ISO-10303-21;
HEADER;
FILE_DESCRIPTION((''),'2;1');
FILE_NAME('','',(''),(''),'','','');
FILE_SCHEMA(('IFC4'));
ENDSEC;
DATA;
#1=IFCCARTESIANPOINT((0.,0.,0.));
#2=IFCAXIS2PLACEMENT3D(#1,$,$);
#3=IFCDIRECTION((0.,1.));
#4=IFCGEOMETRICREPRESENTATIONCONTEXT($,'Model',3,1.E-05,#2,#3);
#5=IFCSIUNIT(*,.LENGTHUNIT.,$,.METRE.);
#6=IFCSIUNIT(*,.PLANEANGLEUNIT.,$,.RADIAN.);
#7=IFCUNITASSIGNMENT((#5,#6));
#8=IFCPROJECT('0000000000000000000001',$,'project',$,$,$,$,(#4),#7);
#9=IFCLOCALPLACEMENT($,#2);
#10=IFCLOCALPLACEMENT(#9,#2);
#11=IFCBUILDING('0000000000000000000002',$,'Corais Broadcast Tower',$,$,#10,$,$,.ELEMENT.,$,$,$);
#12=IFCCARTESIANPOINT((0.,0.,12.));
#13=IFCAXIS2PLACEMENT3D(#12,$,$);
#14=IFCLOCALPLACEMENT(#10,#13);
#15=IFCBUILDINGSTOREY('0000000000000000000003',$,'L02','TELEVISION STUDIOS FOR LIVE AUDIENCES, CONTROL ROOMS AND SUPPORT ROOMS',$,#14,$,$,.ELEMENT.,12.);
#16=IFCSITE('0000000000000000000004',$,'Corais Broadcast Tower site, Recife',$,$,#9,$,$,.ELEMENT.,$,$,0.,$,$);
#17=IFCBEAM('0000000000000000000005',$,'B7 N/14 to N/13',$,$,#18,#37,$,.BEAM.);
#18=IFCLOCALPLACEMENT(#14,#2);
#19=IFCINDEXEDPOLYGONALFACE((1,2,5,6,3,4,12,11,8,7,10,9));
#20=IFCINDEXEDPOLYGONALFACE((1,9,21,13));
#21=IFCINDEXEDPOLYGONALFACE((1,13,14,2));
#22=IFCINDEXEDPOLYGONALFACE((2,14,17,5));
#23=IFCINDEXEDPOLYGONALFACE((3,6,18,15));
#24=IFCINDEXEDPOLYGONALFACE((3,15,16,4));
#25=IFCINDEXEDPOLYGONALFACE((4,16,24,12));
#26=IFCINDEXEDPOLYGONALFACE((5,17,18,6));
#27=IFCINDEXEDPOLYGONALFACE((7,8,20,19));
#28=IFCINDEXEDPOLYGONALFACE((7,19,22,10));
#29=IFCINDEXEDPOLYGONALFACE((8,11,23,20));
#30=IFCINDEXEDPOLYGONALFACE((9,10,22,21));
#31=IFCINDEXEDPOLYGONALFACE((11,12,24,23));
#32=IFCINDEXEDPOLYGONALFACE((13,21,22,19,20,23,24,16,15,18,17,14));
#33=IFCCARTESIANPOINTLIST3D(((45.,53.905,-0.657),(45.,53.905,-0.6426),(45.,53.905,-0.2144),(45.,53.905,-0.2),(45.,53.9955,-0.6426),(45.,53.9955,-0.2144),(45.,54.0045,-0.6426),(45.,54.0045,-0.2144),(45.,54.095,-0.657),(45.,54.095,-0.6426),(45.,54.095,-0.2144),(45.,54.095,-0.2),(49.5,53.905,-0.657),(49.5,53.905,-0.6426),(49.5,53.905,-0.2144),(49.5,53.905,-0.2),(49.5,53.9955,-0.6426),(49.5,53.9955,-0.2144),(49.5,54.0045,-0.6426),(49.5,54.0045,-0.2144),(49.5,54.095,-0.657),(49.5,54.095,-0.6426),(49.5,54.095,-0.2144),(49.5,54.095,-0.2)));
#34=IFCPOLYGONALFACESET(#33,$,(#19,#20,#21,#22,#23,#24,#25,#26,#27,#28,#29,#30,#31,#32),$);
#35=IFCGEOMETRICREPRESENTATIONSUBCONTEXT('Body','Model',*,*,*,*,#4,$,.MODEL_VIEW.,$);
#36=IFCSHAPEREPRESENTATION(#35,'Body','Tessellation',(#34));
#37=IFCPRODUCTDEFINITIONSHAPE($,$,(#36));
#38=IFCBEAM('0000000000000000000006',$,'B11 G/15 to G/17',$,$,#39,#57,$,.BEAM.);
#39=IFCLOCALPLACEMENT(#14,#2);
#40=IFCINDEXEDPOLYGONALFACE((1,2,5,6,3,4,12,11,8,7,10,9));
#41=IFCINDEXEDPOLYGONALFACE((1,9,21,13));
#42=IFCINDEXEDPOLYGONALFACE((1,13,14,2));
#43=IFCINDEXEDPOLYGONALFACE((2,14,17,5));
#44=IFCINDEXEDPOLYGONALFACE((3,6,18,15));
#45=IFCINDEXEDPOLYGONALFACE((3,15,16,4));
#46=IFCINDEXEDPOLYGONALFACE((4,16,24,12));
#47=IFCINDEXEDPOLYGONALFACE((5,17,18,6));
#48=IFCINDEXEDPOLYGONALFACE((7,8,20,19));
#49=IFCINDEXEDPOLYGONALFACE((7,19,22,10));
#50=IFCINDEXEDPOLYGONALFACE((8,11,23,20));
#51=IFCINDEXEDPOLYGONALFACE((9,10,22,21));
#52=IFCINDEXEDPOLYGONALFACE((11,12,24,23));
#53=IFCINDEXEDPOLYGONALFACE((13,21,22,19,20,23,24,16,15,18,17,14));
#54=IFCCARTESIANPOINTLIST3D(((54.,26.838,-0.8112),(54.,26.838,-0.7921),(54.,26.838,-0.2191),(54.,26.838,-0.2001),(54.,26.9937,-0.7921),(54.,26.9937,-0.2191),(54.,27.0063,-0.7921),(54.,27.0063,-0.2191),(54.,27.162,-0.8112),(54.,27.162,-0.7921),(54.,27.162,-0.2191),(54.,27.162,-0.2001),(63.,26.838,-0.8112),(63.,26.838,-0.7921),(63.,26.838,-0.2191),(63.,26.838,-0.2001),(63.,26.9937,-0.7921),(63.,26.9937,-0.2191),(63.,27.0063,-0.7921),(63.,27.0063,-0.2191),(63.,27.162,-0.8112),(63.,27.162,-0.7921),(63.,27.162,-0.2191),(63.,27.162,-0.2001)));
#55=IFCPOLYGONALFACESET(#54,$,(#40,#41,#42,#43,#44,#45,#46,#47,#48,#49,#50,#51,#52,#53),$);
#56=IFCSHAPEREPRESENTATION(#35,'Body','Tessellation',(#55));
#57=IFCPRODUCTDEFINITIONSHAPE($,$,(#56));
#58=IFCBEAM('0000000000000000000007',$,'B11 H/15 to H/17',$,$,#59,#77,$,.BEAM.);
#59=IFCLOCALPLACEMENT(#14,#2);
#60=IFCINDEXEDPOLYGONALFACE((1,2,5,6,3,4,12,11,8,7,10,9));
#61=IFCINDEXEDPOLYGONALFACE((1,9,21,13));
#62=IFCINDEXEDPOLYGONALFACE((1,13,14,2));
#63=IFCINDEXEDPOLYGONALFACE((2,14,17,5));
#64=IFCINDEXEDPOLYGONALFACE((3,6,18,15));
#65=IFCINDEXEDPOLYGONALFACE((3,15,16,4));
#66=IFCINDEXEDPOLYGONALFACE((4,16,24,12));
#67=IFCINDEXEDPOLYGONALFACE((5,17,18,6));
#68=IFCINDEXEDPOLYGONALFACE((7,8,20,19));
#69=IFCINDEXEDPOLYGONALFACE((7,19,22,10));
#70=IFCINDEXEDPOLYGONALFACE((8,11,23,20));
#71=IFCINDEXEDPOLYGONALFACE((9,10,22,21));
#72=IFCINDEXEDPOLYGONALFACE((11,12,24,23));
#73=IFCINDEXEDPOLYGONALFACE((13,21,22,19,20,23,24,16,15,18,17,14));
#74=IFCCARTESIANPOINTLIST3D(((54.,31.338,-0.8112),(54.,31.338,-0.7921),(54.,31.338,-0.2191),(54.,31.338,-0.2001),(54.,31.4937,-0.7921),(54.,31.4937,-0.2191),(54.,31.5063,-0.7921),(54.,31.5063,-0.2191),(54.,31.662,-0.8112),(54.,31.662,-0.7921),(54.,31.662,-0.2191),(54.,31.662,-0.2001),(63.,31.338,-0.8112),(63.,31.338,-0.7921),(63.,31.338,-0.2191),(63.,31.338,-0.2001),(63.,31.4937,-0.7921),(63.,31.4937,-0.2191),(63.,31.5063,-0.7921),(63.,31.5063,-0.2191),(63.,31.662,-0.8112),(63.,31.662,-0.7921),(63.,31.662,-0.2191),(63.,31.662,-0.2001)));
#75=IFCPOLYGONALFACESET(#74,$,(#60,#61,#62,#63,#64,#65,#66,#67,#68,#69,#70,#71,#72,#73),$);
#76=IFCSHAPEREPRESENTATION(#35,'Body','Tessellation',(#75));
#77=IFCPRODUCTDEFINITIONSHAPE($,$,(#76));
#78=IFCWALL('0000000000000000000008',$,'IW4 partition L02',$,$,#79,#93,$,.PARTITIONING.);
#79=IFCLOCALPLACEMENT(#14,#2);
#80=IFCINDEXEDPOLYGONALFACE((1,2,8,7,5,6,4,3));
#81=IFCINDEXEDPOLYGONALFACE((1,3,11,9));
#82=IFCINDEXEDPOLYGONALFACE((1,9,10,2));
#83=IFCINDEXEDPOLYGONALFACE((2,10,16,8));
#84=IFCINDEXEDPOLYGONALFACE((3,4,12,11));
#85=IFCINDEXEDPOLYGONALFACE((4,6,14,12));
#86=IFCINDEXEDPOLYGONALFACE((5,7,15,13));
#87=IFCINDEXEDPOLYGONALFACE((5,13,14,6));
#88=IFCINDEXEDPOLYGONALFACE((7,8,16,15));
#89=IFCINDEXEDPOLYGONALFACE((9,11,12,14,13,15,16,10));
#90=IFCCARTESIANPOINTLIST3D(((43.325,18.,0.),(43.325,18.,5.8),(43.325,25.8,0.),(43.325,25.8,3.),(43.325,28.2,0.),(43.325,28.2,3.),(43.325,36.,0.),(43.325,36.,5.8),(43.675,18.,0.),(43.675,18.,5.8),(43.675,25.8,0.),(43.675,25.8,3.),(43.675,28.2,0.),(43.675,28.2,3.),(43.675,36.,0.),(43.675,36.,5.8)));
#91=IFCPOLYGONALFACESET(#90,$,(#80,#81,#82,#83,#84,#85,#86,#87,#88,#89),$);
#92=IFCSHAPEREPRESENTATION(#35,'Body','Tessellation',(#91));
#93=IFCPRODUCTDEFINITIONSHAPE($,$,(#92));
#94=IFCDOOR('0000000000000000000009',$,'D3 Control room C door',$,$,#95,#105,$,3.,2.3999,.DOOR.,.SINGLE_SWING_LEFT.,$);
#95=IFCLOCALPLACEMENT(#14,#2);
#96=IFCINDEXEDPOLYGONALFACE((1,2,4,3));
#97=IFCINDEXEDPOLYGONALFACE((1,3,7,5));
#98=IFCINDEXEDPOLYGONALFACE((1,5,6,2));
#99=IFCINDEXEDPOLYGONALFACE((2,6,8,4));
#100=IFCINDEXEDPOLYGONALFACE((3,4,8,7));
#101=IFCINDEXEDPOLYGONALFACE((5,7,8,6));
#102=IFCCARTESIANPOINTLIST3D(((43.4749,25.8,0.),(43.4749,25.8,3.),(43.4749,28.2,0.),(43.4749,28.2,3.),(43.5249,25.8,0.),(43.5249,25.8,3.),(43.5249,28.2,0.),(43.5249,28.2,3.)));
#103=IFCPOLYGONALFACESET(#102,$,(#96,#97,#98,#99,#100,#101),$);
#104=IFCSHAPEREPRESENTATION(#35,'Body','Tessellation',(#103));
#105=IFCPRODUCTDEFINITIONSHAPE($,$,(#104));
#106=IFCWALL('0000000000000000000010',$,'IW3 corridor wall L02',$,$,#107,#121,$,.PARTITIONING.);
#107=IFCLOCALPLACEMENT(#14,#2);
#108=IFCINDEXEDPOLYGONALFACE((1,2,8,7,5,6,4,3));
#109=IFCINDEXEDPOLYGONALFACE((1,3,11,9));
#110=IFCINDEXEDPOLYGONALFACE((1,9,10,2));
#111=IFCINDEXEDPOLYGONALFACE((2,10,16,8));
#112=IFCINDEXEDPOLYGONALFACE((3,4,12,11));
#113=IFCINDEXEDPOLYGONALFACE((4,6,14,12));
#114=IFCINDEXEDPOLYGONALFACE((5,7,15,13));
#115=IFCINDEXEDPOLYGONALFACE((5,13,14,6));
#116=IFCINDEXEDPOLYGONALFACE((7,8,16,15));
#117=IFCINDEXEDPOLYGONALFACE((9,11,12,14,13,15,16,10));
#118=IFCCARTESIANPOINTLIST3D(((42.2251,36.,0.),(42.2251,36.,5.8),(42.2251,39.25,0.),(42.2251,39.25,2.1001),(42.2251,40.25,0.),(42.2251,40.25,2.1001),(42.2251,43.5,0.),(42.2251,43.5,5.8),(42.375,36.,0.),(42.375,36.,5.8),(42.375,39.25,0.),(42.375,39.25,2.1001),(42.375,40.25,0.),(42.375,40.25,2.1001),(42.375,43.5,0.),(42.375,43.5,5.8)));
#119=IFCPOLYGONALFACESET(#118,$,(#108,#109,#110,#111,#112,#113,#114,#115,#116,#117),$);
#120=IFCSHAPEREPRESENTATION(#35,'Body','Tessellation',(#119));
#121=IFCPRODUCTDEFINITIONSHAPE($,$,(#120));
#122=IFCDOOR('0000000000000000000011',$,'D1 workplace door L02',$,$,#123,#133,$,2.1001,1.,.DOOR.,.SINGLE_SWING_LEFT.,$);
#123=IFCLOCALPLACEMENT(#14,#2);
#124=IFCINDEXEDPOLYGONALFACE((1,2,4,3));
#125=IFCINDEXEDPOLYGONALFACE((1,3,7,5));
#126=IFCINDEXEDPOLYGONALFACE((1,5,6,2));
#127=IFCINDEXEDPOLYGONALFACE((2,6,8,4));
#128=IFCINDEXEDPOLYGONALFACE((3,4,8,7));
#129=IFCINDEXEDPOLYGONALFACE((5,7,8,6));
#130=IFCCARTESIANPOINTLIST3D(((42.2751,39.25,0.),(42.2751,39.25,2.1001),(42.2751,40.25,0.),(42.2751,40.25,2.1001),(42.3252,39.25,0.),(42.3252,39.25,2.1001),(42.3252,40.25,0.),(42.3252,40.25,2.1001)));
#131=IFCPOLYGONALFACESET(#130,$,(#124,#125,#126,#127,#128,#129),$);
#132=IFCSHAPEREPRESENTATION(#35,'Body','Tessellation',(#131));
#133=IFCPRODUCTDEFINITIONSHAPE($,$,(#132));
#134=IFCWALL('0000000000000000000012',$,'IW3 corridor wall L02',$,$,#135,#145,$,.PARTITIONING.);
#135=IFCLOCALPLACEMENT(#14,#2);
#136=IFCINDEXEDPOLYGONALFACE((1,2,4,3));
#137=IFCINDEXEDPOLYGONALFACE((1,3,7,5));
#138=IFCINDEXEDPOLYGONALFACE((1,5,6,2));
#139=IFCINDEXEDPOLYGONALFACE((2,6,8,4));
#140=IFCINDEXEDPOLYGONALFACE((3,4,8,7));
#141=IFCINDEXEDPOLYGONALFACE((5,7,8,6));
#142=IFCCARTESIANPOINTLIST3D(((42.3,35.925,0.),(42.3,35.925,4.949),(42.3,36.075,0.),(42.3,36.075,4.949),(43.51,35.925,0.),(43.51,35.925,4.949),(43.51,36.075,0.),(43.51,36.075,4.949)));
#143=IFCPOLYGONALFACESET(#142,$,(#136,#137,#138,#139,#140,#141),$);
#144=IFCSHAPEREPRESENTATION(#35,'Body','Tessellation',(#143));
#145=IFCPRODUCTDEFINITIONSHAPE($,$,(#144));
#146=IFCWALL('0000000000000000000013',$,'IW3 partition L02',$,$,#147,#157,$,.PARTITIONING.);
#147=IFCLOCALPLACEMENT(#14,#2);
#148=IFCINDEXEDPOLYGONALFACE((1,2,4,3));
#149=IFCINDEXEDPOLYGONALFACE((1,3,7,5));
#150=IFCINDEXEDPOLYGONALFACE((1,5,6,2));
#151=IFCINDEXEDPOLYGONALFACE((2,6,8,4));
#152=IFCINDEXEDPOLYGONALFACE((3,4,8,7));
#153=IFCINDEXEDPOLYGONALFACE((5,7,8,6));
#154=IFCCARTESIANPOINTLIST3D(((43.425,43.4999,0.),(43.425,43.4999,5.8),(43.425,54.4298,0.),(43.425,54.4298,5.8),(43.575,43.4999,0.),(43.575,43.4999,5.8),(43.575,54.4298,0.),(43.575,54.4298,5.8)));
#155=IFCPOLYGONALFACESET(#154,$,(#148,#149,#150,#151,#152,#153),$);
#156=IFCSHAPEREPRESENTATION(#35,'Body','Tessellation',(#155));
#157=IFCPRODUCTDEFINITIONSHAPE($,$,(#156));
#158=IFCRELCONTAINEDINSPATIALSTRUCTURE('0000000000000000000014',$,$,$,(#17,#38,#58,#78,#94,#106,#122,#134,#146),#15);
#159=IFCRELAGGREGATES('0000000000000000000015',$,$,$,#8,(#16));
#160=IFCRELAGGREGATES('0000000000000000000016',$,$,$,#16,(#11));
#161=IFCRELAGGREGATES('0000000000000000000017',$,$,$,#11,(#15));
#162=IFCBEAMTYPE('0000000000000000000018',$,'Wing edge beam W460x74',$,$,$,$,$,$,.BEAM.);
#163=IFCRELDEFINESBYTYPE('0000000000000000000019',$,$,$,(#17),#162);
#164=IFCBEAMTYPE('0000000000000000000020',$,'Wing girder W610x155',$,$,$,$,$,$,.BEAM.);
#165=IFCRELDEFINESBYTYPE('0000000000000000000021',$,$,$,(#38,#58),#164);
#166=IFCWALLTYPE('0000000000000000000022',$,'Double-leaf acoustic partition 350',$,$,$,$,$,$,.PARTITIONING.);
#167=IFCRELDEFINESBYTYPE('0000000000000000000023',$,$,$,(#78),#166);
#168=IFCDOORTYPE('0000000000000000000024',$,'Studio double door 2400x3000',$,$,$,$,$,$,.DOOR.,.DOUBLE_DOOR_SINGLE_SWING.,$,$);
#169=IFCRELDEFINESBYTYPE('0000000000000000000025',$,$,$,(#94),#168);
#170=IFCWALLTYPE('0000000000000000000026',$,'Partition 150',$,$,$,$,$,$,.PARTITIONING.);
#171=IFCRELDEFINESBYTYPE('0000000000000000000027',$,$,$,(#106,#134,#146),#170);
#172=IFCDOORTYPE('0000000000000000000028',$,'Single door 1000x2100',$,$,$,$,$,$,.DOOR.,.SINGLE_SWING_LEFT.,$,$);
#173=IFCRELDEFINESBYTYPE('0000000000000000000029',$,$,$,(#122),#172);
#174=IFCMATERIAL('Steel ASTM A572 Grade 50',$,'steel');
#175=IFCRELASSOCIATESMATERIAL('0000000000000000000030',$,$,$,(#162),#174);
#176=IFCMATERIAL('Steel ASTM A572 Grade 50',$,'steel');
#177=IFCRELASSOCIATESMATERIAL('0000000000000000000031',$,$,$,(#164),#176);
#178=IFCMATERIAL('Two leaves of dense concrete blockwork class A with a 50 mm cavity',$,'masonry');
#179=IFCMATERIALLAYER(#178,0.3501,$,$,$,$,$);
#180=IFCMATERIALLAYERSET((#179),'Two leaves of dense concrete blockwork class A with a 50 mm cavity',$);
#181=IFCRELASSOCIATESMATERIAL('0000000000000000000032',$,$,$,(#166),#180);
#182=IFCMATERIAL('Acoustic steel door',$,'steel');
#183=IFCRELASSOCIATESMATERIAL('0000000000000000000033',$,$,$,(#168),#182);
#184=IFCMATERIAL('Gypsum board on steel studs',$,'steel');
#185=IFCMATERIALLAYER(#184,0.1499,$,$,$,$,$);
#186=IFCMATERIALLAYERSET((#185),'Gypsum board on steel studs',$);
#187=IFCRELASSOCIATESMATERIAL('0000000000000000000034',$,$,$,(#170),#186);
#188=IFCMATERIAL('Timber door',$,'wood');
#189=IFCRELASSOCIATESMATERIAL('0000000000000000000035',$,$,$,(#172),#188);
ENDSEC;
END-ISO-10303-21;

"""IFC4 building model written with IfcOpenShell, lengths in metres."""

from ifc_helpers import new_model, si_unit, direction, frame, frame_2d, origin, origin_2d, place, context, subcontext, project, spatial, rectangle, i_section, extrude, material, layer, layer_set, material_profile, profile_set, type_object, element, fill, save


model = new_model("IFC4")

# Units and contexts
model_context = context("Model", 3, precision=1e-05, world=origin(), true_north=direction((0.0, 1.0)))
body_context = subcontext(model_context, "Body", "Model", "MODEL_VIEW")
ifc_project = project(units=[si_unit("LENGTHUNIT", "METRE"), si_unit("PLANEANGLEUNIT", "RADIAN")], contexts=[model_context])

# Site, building, storey
site_placement = place(None, origin())
site = spatial("IfcSite", under=ifc_project, at=site_placement, Name="Corais Broadcast Tower site, Recife", CompositionType="ELEMENT", RefElevation=0.0)
building_placement = place(site_placement, origin())
building = spatial("IfcBuilding", under=site, at=building_placement, Name="Corais Broadcast Tower", CompositionType="ELEMENT")
storey_placement = place(building_placement, frame((0.0, 0.0, 12.0)))
storey = spatial("IfcBuildingStorey", under=building, at=storey_placement, Name="L02", Description="TELEVISION STUDIOS FOR LIVE AUDIENCES, CONTROL ROOMS AND SUPPORT ROOMS", CompositionType="ELEMENT", Elevation=12.0)

# Beams
ifc_material_1 = material(Name="Steel ASTM A572 Grade 50", Category="steel")
ifc_material_profile_1 = material_profile(ifc_material_1, i_section(OverallWidth=0.1899, OverallDepth=0.457, WebThickness=0.009, FlangeThickness=0.0144, at=origin_2d()), Name="W460x74")
ifc_profile_set_1 = profile_set([ifc_material_profile_1], Name="Steel ASTM A572 Grade 50")
beam_type_1 = type_object("IfcBeamType", Name="Wing edge beam W460x74", PredefinedType="BEAM", material=ifc_profile_set_1)
beam_1_placement = place(storey_placement, frame((49.5, 54.0, -0.4285), z_axis=(-1.0, 0.0, 0.0), x_axis=(0.0, -1.0, 0.0)))
element("IfcBeam", 1, at=beam_1_placement, inside=storey, type_object=beam_type_1, Name="B7 N/14 to N/13", PredefinedType="BEAM", context=body_context, shape_type="SweptSolid", body=[
    extrude(i_section(OverallWidth=0.1899, OverallDepth=0.457, WebThickness=0.009, FlangeThickness=0.0144, at=origin_2d()), origin(), (0.0, 0.0, 1.0), 4.5),
])
ifc_material_2 = material(Name="Steel ASTM A572 Grade 50", Category="steel")
ifc_material_profile_2 = material_profile(ifc_material_2, i_section(OverallWidth=0.324, OverallDepth=0.6111, WebThickness=0.0127, FlangeThickness=0.019, at=origin_2d()), Name="W610x155")
ifc_profile_set_2 = profile_set([ifc_material_profile_2], Name="Steel ASTM A572 Grade 50")
beam_type_2 = type_object("IfcBeamType", Name="Wing girder W610x155", PredefinedType="BEAM", material=ifc_profile_set_2)
for number, where, z_axis, x_axis, name in (
    (2, (54.0, 27.0, -0.5056), (1.0, 0.0, 0.0), (0.0, 1.0, 0.0), "B11 G/15 to G/17"),
    (3, (54.0, 31.5, -0.5056), (1.0, 0.0, 0.0), (0.0, 1.0, 0.0), "B11 H/15 to H/17"),
):
    element("IfcBeam", number, at=place(storey_placement, frame(where, z_axis=z_axis, x_axis=x_axis)), inside=storey, type_object=beam_type_2, Name=name, PredefinedType="BEAM", context=body_context, shape_type="SweptSolid", body=[
        extrude(i_section(OverallWidth=0.324, OverallDepth=0.6111, WebThickness=0.0127, FlangeThickness=0.019, at=origin_2d()), origin(), (0.0, 0.0, 1.0), 9.0),
    ])

# Walls, openings, doors
ifc_material_3 = material(Name="Two leaves of dense concrete blockwork class A with a 50 mm cavity", Category="masonry")
ifc_layer_1 = layer(ifc_material_3, 0.3501)
ifc_layer_set_1 = layer_set([ifc_layer_1], Name="Two leaves of dense concrete blockwork class A with a 50 mm cavity")
wall_type_1 = type_object("IfcWallType", Name="Double-leaf acoustic partition 350", PredefinedType="PARTITIONING", material=ifc_layer_set_1)
wall_1_placement = place(storey_placement, frame((43.5, 36.0, 0.0), z_axis=(0.0, 0.0, 1.0), x_axis=(0.0, -1.0, 0.0)))
wall_1 = element("IfcWall", 4, at=wall_1_placement, inside=storey, type_object=wall_type_1, Name="IW4 partition L02", PredefinedType="PARTITIONING", context=body_context, shape_type="SweptSolid", body=[
    extrude(rectangle(XDim=18.0, YDim=0.3501, at=frame_2d((9.0, 0.0))), origin(), (0.0, 0.0, 1.0), 5.8),
])
opening_1_placement = place(wall_1_placement, frame((7.8, 0.0, 0.0)))
opening_1 = element("IfcOpeningElement", 5, at=opening_1_placement, cuts=wall_1, PredefinedType="OPENING", context=body_context, shape_type="SweptSolid", body=[
    extrude(rectangle(XDim=2.3999, YDim=3.0, at=frame_2d((1.2, 1.5))), frame((0.0, 0.1851, 0.0), z_axis=(0.0, -1.0, 0.0), x_axis=(1.0, 0.0, 0.0)), (0.0, 0.0, 1.0), 0.3701),
])
ifc_material_4 = material(Name="Acoustic steel door", Category="steel")
door_type_1 = type_object("IfcDoorType", Name="Studio double door 2400x3000", OperationType="DOUBLE_DOOR_SINGLE_SWING", PredefinedType="DOOR", material=ifc_material_4)
door_1_placement = place(opening_1_placement, origin())
door_1 = element("IfcDoor", 6, at=door_1_placement, inside=storey, type_object=door_type_1, Name="D3 Control room C door", OperationType="SINGLE_SWING_LEFT", OverallHeight=3.0, OverallWidth=2.3999, PredefinedType="DOOR", context=body_context, shape_type="SweptSolid", body=[
    extrude(rectangle(XDim=2.3999, YDim=3.0, at=frame_2d((1.2, 1.5))), frame((0.0, 0.0249, 0.0), z_axis=(0.0, -1.0, 0.0), x_axis=(1.0, 0.0, 0.0)), (0.0, 0.0, 1.0), 0.05),
])
fill(opening_1, door_1)
ifc_material_5 = material(Name="Gypsum board on steel studs", Category="steel")
ifc_layer_2 = layer(ifc_material_5, 0.1499)
ifc_layer_set_2 = layer_set([ifc_layer_2], Name="Gypsum board on steel studs")
wall_type_2 = type_object("IfcWallType", Name="Partition 150", PredefinedType="PARTITIONING", material=ifc_layer_set_2)
wall_2_placement = place(storey_placement, frame((42.3, 36.0, 0.0), z_axis=(0.0, 0.0, 1.0), x_axis=(0.0, 1.0, 0.0)))
wall_2 = element("IfcWall", 7, at=wall_2_placement, inside=storey, type_object=wall_type_2, Name="IW3 corridor wall L02", PredefinedType="PARTITIONING", context=body_context, shape_type="SweptSolid", body=[
    extrude(rectangle(XDim=7.5, YDim=0.1499, at=frame_2d((3.75, 0.0))), origin(), (0.0, 0.0, 1.0), 5.8),
])
opening_2_placement = place(wall_2_placement, frame((3.25, 0.0, 0.0)))
opening_2 = element("IfcOpeningElement", 8, at=opening_2_placement, cuts=wall_2, PredefinedType="OPENING", context=body_context, shape_type="SweptSolid", body=[
    extrude(rectangle(XDim=1.0, YDim=2.1001, at=frame_2d((0.5, 1.05))), frame((0.0, 0.085, 0.0), z_axis=(0.0, -1.0, 0.0), x_axis=(1.0, 0.0, 0.0)), (0.0, 0.0, 1.0), 0.1699),
])
ifc_material_6 = material(Name="Timber door", Category="wood")
door_type_2 = type_object("IfcDoorType", Name="Single door 1000x2100", OperationType="SINGLE_SWING_LEFT", PredefinedType="DOOR", material=ifc_material_6)
door_2_placement = place(opening_2_placement, origin())
door_2 = element("IfcDoor", 9, at=door_2_placement, inside=storey, type_object=door_type_2, Name="D1 workplace door L02", OperationType="SINGLE_SWING_LEFT", OverallHeight=2.1001, OverallWidth=1.0, PredefinedType="DOOR", context=body_context, shape_type="SweptSolid", body=[
    extrude(rectangle(XDim=1.0, YDim=2.1001, at=frame_2d((0.5, 1.05))), frame((0.0, 0.0249, 0.0), z_axis=(0.0, -1.0, 0.0), x_axis=(1.0, 0.0, 0.0)), (0.0, 0.0, 1.0), 0.05),
])
fill(opening_2, door_2)

# Walls
wall_3_placement = place(storey_placement, frame((43.51, 36.0, 0.0), z_axis=(0.0, 0.0, 1.0), x_axis=(-1.0, 0.0, 0.0)))
element("IfcWall", 10, at=wall_3_placement, inside=storey, type_object=wall_type_2, Name="IW3 corridor wall L02", PredefinedType="PARTITIONING", context=body_context, shape_type="SweptSolid", body=[
    extrude(rectangle(XDim=1.21, YDim=0.1499, at=frame_2d((0.605, 0.0))), origin(), (0.0, 0.0, 1.0), 4.949),
])
wall_4_placement = place(storey_placement, frame((43.5, 43.5, 0.0), z_axis=(0.0, 0.0, 1.0), x_axis=(0.0, 1.0, 0.0)))
element("IfcWall", 11, at=wall_4_placement, inside=storey, type_object=wall_type_2, Name="IW3 partition L02", PredefinedType="PARTITIONING", context=body_context, shape_type="SweptSolid", body=[
    extrude(rectangle(XDim=10.9299, YDim=0.1499, at=frame_2d((5.4648, 0.0))), origin(), (0.0, 0.0, 1.0), 5.8),
])

save(model, "model.ifc")
